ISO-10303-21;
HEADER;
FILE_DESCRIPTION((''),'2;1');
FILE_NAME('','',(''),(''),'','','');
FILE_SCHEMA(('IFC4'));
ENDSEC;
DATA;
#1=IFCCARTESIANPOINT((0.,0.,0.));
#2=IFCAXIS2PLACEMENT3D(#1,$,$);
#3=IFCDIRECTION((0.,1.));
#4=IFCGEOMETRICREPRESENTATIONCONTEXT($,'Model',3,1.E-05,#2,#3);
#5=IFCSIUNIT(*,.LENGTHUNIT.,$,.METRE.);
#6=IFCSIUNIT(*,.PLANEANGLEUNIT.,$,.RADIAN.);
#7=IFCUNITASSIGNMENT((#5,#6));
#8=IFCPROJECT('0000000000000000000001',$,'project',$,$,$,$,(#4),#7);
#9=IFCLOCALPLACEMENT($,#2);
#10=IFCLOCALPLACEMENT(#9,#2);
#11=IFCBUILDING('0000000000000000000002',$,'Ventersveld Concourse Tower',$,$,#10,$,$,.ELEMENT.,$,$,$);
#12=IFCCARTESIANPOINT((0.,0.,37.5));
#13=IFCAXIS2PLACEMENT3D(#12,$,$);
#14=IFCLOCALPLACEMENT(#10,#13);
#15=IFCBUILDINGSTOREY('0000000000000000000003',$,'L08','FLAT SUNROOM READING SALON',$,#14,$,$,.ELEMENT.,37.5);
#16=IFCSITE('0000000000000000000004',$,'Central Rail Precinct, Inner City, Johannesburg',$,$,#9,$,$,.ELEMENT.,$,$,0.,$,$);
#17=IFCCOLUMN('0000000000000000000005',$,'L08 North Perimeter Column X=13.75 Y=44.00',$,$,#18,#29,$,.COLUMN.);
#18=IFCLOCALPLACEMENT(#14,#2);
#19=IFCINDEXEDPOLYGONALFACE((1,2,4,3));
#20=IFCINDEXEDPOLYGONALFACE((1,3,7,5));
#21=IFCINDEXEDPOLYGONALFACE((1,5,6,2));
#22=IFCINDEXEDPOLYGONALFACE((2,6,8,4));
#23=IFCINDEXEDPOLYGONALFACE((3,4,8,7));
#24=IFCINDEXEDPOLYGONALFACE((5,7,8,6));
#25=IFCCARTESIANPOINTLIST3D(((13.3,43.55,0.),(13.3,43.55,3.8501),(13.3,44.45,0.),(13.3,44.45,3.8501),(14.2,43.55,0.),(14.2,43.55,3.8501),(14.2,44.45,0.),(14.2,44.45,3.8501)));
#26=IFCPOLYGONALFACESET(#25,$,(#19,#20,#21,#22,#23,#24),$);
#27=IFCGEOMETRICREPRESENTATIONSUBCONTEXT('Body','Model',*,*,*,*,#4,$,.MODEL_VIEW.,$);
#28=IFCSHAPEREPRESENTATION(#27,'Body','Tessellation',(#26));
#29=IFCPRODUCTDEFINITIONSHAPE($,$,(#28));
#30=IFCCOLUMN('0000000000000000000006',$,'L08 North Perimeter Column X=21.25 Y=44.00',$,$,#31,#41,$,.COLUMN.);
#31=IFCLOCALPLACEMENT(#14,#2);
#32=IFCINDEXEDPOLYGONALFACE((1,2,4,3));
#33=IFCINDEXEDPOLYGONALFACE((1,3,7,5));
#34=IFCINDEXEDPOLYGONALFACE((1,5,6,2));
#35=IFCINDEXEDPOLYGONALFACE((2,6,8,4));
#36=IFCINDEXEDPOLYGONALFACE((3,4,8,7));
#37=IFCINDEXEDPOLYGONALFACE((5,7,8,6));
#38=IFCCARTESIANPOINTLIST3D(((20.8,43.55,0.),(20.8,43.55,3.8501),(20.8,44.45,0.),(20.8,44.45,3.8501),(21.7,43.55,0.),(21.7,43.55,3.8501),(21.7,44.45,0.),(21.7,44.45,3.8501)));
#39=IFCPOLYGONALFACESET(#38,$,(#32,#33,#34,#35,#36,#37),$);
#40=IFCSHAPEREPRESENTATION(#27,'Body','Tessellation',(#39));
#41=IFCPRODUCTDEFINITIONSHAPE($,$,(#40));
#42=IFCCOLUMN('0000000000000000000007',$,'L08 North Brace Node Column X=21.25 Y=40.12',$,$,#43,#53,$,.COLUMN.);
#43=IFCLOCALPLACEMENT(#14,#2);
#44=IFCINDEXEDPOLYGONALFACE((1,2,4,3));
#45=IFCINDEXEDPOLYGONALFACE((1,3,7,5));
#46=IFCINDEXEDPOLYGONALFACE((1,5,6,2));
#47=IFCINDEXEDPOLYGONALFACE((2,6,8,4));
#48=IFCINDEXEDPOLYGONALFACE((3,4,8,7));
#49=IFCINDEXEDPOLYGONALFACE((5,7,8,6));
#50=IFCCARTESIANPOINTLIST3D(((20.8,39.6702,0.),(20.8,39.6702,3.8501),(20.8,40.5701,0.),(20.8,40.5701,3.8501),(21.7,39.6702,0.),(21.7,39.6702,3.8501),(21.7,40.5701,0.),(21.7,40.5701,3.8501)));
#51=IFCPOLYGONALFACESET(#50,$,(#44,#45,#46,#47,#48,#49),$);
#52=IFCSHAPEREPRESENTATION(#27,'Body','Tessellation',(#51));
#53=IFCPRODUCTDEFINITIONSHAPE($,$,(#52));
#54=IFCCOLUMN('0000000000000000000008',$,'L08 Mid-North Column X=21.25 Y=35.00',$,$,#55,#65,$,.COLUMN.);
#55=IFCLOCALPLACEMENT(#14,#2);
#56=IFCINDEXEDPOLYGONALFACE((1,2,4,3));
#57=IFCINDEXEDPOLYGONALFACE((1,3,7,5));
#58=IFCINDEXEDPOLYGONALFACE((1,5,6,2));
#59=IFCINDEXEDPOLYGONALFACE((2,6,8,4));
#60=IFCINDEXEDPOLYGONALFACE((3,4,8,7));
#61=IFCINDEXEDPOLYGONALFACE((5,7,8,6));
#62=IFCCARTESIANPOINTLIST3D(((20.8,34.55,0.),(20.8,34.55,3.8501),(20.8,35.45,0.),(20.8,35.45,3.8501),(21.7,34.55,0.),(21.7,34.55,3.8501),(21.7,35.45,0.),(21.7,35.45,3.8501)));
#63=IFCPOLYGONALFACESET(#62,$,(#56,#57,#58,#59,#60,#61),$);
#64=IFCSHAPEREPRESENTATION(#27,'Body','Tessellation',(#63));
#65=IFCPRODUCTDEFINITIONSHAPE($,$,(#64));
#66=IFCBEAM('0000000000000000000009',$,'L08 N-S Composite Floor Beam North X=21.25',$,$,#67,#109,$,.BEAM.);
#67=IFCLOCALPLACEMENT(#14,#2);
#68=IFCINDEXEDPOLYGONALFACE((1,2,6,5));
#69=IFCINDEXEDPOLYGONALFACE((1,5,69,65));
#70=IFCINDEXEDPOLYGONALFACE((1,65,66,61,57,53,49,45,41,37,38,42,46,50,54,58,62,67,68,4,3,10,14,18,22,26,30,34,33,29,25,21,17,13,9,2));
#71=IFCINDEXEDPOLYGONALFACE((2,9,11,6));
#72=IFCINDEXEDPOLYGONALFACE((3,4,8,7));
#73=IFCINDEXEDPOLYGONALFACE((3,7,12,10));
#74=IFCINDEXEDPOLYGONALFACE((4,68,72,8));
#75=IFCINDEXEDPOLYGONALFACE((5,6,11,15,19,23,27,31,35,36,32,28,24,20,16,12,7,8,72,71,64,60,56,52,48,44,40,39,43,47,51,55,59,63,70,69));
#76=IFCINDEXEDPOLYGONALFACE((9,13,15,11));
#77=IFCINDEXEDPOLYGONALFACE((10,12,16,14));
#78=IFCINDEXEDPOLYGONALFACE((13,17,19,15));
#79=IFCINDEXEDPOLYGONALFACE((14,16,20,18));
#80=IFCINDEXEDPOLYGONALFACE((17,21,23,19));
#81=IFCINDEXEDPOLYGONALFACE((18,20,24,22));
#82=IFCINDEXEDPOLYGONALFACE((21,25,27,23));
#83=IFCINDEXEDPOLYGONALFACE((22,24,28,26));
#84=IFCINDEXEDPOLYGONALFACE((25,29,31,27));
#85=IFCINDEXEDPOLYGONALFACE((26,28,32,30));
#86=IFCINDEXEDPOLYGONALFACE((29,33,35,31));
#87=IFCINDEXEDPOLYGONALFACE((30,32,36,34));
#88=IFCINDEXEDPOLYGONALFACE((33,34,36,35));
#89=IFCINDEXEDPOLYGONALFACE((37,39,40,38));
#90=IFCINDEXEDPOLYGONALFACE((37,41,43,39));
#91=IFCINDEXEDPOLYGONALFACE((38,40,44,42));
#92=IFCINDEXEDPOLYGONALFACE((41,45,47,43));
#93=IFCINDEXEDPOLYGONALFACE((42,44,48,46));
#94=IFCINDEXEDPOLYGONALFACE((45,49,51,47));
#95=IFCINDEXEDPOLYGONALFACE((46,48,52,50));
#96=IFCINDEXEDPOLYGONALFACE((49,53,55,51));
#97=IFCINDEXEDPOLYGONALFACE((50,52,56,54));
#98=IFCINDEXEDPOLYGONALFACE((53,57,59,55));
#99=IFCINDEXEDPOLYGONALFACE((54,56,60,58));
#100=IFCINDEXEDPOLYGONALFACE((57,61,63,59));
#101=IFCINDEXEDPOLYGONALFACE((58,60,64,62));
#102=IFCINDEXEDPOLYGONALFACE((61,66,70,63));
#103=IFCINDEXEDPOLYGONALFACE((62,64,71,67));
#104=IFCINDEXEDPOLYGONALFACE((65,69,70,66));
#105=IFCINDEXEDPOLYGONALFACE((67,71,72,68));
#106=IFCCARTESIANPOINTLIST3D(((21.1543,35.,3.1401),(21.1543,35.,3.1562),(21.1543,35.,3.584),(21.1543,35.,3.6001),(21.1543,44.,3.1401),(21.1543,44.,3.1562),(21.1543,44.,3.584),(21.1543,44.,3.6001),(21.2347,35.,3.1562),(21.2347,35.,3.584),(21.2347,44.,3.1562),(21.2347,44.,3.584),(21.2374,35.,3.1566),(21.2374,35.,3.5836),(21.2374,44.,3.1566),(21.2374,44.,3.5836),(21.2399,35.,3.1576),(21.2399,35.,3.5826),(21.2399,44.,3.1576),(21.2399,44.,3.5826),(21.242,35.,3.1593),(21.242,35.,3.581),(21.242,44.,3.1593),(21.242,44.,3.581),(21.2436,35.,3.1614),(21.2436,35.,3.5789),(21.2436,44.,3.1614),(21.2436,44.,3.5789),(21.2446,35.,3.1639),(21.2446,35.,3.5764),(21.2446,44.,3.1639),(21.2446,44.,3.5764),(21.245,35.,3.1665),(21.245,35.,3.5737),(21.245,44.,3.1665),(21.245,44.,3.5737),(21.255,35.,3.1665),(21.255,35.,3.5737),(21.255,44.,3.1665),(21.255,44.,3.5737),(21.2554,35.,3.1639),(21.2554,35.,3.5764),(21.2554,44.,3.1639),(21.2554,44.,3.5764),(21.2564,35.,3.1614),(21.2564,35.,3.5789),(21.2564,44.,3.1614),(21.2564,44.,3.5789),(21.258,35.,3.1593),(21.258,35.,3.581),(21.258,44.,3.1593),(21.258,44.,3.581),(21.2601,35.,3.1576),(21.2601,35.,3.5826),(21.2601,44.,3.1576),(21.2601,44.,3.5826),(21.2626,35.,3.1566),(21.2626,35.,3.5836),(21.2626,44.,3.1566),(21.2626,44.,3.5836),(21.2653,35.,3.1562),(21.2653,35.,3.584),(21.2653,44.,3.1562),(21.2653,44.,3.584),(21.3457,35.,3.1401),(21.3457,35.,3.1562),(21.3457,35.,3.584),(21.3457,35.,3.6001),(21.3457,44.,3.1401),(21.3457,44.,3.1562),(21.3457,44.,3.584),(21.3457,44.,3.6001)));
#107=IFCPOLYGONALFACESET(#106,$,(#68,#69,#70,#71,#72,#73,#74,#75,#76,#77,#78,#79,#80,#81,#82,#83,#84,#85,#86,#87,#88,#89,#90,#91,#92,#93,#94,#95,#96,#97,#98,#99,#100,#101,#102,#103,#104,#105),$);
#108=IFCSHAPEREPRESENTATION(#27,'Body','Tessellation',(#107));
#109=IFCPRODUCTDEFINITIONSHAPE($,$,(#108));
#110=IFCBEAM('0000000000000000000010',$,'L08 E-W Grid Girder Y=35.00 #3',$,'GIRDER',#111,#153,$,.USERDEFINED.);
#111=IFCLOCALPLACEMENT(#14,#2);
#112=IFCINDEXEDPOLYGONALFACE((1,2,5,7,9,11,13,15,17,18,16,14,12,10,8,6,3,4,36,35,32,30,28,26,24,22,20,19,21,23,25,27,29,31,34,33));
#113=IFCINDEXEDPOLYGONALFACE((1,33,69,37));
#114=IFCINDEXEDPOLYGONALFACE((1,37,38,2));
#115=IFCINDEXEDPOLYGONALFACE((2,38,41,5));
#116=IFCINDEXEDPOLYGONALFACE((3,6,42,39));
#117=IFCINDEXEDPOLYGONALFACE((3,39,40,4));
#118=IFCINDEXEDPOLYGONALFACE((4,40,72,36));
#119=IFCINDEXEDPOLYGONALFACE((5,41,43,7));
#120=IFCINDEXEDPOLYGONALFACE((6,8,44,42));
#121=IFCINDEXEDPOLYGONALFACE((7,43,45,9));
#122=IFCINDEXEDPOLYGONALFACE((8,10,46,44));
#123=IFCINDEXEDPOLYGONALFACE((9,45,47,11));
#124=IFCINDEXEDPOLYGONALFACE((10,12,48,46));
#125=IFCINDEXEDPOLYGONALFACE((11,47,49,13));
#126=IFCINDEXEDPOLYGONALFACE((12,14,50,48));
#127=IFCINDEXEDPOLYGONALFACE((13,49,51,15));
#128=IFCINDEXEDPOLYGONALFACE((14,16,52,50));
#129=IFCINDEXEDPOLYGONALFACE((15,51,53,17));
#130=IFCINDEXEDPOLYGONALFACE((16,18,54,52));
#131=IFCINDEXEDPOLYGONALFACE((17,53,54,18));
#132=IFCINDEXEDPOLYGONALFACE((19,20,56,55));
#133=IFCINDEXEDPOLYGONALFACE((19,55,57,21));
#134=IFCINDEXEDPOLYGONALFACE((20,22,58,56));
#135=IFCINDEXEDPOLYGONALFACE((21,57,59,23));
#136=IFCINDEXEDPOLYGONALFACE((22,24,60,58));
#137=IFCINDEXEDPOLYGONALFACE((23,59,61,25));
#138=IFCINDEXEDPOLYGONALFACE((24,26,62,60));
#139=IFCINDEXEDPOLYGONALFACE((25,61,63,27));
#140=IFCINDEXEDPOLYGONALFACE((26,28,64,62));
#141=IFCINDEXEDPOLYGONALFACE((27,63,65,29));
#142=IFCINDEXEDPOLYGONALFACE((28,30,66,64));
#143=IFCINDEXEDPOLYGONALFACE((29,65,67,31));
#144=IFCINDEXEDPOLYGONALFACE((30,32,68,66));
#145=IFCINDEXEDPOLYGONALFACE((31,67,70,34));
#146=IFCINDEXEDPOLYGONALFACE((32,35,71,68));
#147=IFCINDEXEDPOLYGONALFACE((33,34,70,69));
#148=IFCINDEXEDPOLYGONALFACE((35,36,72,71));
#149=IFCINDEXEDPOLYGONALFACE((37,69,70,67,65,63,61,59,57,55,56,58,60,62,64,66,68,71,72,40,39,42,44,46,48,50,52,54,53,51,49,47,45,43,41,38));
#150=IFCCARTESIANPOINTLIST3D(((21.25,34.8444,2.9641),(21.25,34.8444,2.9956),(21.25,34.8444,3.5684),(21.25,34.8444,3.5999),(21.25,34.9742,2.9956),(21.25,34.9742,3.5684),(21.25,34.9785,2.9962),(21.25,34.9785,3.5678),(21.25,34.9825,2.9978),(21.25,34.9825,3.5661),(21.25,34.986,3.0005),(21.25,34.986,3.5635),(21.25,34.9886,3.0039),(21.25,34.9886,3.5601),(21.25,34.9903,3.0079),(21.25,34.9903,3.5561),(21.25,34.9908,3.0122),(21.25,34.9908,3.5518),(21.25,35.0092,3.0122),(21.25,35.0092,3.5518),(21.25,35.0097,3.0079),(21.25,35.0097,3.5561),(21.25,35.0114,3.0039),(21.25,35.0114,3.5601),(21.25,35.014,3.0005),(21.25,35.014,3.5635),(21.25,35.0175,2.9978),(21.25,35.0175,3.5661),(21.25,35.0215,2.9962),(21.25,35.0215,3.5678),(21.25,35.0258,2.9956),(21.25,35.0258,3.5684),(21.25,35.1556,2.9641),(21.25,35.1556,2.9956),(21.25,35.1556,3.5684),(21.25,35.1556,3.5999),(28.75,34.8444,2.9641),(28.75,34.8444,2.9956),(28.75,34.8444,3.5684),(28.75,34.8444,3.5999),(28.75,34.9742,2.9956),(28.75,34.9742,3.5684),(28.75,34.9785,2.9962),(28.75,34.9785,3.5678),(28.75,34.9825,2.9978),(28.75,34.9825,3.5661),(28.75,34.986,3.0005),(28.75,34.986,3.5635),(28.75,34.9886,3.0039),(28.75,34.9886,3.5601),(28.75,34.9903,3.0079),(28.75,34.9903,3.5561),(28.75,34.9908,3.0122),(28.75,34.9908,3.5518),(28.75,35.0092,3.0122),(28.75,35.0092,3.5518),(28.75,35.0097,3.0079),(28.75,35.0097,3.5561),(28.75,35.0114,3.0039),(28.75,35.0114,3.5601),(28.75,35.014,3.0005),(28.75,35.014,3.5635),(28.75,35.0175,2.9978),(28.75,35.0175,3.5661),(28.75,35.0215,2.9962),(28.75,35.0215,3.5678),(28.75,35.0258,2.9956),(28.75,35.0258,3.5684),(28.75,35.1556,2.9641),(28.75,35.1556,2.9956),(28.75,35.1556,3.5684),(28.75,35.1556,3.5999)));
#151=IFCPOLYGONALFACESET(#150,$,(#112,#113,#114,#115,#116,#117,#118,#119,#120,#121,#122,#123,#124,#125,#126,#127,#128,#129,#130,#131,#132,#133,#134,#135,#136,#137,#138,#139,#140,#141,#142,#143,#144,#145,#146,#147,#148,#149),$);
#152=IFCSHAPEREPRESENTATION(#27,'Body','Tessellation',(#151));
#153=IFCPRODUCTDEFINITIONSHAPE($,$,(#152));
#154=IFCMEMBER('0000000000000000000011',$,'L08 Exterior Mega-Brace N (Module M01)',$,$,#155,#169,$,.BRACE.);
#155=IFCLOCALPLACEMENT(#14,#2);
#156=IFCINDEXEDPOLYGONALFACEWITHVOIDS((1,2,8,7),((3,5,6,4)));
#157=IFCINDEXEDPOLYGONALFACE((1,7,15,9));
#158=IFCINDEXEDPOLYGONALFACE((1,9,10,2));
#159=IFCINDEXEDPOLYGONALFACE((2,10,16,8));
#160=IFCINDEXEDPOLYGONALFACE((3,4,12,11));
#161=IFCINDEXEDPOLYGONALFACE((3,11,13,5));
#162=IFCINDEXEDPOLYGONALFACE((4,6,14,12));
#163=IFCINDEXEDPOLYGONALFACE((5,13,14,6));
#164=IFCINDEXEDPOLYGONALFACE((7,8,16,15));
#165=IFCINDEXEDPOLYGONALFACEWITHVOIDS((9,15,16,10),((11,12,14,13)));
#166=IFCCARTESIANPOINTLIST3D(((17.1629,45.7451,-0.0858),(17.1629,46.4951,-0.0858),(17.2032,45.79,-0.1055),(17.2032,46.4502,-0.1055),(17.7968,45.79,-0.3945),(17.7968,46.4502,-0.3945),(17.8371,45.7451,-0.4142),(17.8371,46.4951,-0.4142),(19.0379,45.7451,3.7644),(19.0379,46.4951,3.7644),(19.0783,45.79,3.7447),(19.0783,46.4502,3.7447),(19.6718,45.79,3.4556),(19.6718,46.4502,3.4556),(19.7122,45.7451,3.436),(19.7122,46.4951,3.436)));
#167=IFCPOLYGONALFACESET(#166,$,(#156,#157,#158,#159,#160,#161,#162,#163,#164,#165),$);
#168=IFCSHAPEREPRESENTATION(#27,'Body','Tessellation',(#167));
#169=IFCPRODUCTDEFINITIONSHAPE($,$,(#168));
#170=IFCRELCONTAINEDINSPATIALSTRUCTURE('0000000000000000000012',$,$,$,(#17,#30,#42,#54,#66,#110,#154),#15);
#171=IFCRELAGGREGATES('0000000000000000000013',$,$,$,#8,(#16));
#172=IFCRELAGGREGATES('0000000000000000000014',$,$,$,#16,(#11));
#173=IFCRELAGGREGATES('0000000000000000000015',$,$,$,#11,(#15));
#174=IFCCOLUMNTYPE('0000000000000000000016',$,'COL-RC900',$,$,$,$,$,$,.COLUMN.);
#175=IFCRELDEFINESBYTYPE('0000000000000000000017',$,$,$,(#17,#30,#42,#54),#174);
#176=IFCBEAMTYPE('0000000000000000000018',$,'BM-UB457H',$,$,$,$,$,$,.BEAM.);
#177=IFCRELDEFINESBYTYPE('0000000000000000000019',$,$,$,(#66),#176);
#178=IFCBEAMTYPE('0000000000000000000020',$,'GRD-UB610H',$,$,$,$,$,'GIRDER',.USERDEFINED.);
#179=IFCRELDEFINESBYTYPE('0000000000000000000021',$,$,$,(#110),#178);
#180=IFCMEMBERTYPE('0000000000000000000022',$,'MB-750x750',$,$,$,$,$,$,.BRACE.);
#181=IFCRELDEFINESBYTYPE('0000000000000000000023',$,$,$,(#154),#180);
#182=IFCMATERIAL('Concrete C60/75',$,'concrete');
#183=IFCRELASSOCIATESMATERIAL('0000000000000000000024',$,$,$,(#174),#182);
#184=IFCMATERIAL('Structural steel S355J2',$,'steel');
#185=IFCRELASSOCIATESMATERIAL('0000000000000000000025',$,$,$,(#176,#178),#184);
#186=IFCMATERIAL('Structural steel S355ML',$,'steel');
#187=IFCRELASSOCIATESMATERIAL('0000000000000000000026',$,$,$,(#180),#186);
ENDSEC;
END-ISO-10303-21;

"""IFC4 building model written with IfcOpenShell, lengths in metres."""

from ifc_helpers import new_model, si_unit, direction, frame, origin, origin_2d, place, context, subcontext, project, spatial, rectangle, hollow_rectangle, i_section, extrude, material, material_profile, profile_set, type_object, element, save


model = new_model("IFC4")

# Units and contexts
model_context = context("Model", 3, precision=1e-05, world=origin(), true_north=direction((0.0, 1.0)))
body_context = subcontext(model_context, "Body", "Model", "MODEL_VIEW")
ifc_project = project(units=[si_unit("LENGTHUNIT", "METRE"), si_unit("PLANEANGLEUNIT", "RADIAN")], contexts=[model_context])

# Site, building, storey
site_placement = place(None, origin())
site = spatial("IfcSite", under=ifc_project, at=site_placement, Name="Central Rail Precinct, Inner City, Johannesburg", CompositionType="ELEMENT", RefElevation=0.0)
building_placement = place(site_placement, origin())
building = spatial("IfcBuilding", under=site, at=building_placement, Name="Ventersveld Concourse Tower", CompositionType="ELEMENT")
storey_placement = place(building_placement, frame((0.0, 0.0, 37.5)))
storey = spatial("IfcBuildingStorey", under=building, at=storey_placement, Name="L08", Description="FLAT SUNROOM READING SALON", CompositionType="ELEMENT", Elevation=37.5)

# Columns
ifc_material_1 = material(Name="Concrete C60/75", Category="concrete")
ifc_material_profile_1 = material_profile(ifc_material_1, rectangle(XDim=0.8999, YDim=0.8999, at=origin_2d()), Name="RC 900x900")
ifc_profile_set_1 = profile_set([ifc_material_profile_1], Name="Concrete C60/75")
column_type = type_object("IfcColumnType", Name="COL-RC900", PredefinedType="COLUMN", material=ifc_profile_set_1)
for number, where, z_axis, x_axis, name in (
    (1, (13.75, 44.0, 0.0), (0.0, 0.0, 1.0), (1.0, 0.0, 0.0), "L08 North Perimeter Column X=13.75 Y=44.00"),
    (2, (21.25, 44.0, 0.0), (0.0, 0.0, 1.0), (1.0, 0.0, 0.0), "L08 North Perimeter Column X=21.25 Y=44.00"),
    (3, (21.25, 40.1201, 0.0), (0.0, 0.0, 1.0), (1.0, 0.0, 0.0), "L08 North Brace Node Column X=21.25 Y=40.12"),
    (4, (21.25, 35.0, 0.0), (0.0, 0.0, 1.0), (1.0, 0.0, 0.0), "L08 Mid-North Column X=21.25 Y=35.00"),
):
    element("IfcColumn", number, at=place(storey_placement, frame(where, z_axis=z_axis, x_axis=x_axis)), inside=storey, type_object=column_type, Name=name, PredefinedType="COLUMN", context=body_context, shape_type="SweptSolid", body=[
        extrude(rectangle(XDim=0.8999, YDim=0.8999, at=origin_2d()), origin(), (0.0, 0.0, 1.0), 3.8501),
    ])

# Beams
ifc_material_2 = material(Name="Structural steel S355J2", Category="steel")
ifc_material_profile_2 = material_profile(ifc_material_2, i_section(OverallWidth=0.1914, OverallDepth=0.46, WebThickness=0.01, FlangeThickness=0.0161, FilletRadius=0.0103, at=origin_2d()), Name="UB 457x191x82")
ifc_profile_set_2 = profile_set([ifc_material_profile_2], Name="Structural steel S355J2")
beam_type_1 = type_object("IfcBeamType", Name="BM-UB457H", PredefinedType="BEAM", material=ifc_profile_set_2)
beam_1_placement = place(storey_placement, frame((21.25, 35.0, 3.3701), z_axis=(0.0, 1.0, 0.0), x_axis=(-1.0, 0.0, 0.0)))
element("IfcBeam", 5, at=beam_1_placement, inside=storey, type_object=beam_type_1, Name="L08 N-S Composite Floor Beam North X=21.25", PredefinedType="BEAM", context=body_context, shape_type="SweptSolid", body=[
    extrude(i_section(OverallWidth=0.1914, OverallDepth=0.46, WebThickness=0.01, FlangeThickness=0.0161, FilletRadius=0.0103, at=origin_2d()), origin(), (0.0, 0.0, 1.0), 9.0),
])
ifc_material_profile_3 = material_profile(ifc_material_2, i_section(OverallWidth=0.3113, OverallDepth=0.6357, WebThickness=0.0183, FlangeThickness=0.0315, FilletRadius=0.0166, at=origin_2d()), Name="UB 610x305x238")
ifc_profile_set_3 = profile_set([ifc_material_profile_3], Name="Structural steel S355J2")
beam_type_2 = type_object("IfcBeamType", Name="GRD-UB610H", ElementType="GIRDER", PredefinedType="USERDEFINED", material=ifc_profile_set_3)
beam_2_placement = place(storey_placement, frame((21.25, 35.0, 3.282), z_axis=(1.0, 0.0, 0.0), x_axis=(0.0, 1.0, 0.0)))
element("IfcBeam", 6, at=beam_2_placement, inside=storey, type_object=beam_type_2, Name="L08 E-W Grid Girder Y=35.00 #3", ObjectType="GIRDER", PredefinedType="USERDEFINED", context=body_context, shape_type="SweptSolid", body=[
    extrude(i_section(OverallWidth=0.3113, OverallDepth=0.6357, WebThickness=0.0183, FlangeThickness=0.0315, FilletRadius=0.0166, at=origin_2d()), origin(), (0.0, 0.0, 1.0), 7.5),
])

# Member
ifc_material_3 = material(Name="Structural steel S355ML", Category="steel")
ifc_material_profile_4 = material_profile(ifc_material_3, hollow_rectangle(XDim=0.75, YDim=0.75, WallThickness=0.0449, at=origin_2d()), Name="BOX 750x750x45")
ifc_profile_set_4 = profile_set([ifc_material_profile_4], Name="Structural steel S355ML")
member_type = type_object("IfcMemberType", Name="MB-750x750", PredefinedType="BRACE", material=ifc_profile_set_4)
member_placement = place(storey_placement, frame((17.5, 46.1201, -0.25), z_axis=(0.437839, 0.0, 0.899053), x_axis=(0.0, 1.0, 0.0)))
element("IfcMember", 7, at=member_placement, inside=storey, type_object=member_type, Name="L08 Exterior Mega-Brace N (Module M01)", PredefinedType="BRACE", context=body_context, shape_type="SweptSolid", body=[
    extrude(hollow_rectangle(XDim=0.75, YDim=0.75, WallThickness=0.0449, at=origin_2d()), origin(), (0.0, 0.0, 1.0), 4.2825),
])

save(model, "model.ifc")
